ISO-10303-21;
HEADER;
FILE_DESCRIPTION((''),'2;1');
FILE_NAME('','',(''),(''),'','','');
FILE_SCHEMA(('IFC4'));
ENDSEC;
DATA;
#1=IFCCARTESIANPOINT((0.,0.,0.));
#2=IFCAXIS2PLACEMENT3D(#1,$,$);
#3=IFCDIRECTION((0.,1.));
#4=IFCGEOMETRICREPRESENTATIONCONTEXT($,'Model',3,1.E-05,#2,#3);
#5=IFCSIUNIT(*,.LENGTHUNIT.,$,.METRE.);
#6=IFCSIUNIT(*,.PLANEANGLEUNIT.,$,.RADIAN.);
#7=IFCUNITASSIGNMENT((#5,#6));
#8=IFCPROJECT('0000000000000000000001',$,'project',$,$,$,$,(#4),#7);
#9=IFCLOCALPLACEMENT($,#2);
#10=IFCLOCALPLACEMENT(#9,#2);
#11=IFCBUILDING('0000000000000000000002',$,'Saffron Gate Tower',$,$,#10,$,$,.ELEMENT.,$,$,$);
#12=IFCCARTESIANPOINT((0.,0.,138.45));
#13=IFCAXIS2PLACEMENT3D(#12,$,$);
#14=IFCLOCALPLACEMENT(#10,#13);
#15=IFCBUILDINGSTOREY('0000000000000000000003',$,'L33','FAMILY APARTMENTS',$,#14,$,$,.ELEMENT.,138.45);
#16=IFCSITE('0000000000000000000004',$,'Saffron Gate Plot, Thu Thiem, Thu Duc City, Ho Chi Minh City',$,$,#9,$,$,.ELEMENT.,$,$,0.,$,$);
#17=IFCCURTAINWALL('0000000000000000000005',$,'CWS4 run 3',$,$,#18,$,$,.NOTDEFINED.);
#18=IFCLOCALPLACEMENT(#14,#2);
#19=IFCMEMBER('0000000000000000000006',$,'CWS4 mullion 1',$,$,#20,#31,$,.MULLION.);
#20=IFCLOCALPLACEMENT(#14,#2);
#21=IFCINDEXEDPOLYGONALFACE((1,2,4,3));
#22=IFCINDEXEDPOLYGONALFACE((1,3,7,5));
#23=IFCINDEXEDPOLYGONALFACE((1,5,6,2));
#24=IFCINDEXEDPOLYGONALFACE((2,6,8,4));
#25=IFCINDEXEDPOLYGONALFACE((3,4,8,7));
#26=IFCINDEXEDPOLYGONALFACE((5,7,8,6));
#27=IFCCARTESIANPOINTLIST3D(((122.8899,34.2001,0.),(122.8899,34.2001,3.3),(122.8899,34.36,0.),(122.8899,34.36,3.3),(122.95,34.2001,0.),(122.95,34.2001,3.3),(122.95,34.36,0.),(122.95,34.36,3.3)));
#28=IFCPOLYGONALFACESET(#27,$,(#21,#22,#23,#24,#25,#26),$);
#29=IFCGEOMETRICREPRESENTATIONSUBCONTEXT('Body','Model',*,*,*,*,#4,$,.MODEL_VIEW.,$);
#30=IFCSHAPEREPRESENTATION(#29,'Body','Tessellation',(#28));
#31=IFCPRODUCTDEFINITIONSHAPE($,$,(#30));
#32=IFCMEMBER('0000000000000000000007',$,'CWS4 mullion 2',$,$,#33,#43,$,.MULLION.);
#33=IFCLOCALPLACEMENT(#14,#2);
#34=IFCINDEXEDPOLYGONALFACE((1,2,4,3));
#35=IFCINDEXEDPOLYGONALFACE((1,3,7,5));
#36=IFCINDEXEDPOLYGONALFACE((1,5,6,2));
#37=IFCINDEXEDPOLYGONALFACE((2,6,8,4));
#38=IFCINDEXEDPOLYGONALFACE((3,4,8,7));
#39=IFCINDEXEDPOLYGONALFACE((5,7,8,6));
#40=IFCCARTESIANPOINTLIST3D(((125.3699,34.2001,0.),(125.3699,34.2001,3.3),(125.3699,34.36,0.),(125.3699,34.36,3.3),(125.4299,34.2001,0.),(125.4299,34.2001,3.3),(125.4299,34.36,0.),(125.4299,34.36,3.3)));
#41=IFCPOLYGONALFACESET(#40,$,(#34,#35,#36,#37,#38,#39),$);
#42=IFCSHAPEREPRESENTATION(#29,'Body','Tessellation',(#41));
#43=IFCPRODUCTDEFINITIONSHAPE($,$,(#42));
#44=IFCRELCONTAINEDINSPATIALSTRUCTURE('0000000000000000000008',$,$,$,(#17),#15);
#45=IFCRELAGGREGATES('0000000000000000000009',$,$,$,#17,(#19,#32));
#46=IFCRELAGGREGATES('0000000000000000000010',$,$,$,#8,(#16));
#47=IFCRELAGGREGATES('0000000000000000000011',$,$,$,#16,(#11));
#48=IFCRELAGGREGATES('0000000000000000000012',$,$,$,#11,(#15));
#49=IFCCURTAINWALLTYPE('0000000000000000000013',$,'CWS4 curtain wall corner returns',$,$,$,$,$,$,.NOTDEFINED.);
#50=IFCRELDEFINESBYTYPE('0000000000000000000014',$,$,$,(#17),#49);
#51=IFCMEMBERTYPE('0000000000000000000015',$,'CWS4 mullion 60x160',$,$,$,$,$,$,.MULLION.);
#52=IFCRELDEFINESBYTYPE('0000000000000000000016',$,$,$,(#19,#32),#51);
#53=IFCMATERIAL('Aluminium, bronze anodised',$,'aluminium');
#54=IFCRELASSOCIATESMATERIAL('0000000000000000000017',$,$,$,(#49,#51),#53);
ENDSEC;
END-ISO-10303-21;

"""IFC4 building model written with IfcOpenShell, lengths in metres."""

from ifc_helpers import new_model, si_unit, direction, frame, origin, origin_2d, place, context, subcontext, project, spatial, rectangle, extrude, material, material_profile, profile_set, type_object, element, aggregate, save


model = new_model("IFC4")

# Units and contexts
model_context = context("Model", 3, precision=1e-05, world=origin(), true_north=direction((0.0, 1.0)))
body_context = subcontext(model_context, "Body", "Model", "MODEL_VIEW")
ifc_project = project(units=[si_unit("LENGTHUNIT", "METRE"), si_unit("PLANEANGLEUNIT", "RADIAN")], contexts=[model_context])

# Site, building, storey
site_placement = place(None, origin())
site = spatial("IfcSite", under=ifc_project, at=site_placement, Name="Saffron Gate Plot, Thu Thiem, Thu Duc City, Ho Chi Minh City", CompositionType="ELEMENT", RefElevation=0.0)
building_placement = place(site_placement, origin())
building = spatial("IfcBuilding", under=site, at=building_placement, Name="Saffron Gate Tower", CompositionType="ELEMENT")
storey_placement = place(building_placement, frame((0.0, 0.0, 138.45)))
storey = spatial("IfcBuildingStorey", under=building, at=storey_placement, Name="L33", Description="FAMILY APARTMENTS", CompositionType="ELEMENT", Elevation=138.45)

# Shared definitions
ifc_material_1 = material(Name="Aluminium, bronze anodised", Category="aluminium")

# Curtain wall
curtain_wall_type_1 = type_object("IfcCurtainWallType", Name="CWS4 curtain wall corner returns", PredefinedType="NOTDEFINED", material=ifc_material_1)
curtain_wall_1_placement = place(storey_placement, origin())
curtain_wall_1 = element("IfcCurtainWall", 1, at=curtain_wall_1_placement, inside=storey, type_object=curtain_wall_type_1, Name="CWS4 run 3", PredefinedType="NOTDEFINED")

# Members
ifc_material_profile_1 = material_profile(ifc_material_1, rectangle(XDim=0.1599, YDim=0.0601, at=origin_2d()))
ifc_profile_set_1 = profile_set([ifc_material_profile_1], Name="Aluminium, bronze anodised")
member_type_1 = type_object("IfcMemberType", Name="CWS4 mullion 60x160", PredefinedType="MULLION", material=ifc_profile_set_1)
member_1_placement = place(storey_placement, frame((122.9199, 34.28, 0.0), z_axis=(0.0, 0.0, 1.0), x_axis=(0.0, 1.0, 0.0)))
member_1 = element("IfcMember", 2, at=member_1_placement, type_object=member_type_1, Name="CWS4 mullion 1", PredefinedType="MULLION", context=body_context, shape_type="SweptSolid", body=[
    extrude(rectangle(XDim=0.1599, YDim=0.0601, at=origin_2d()), origin(), (0.0, 0.0, 1.0), 3.3),
])
member_2_placement = place(storey_placement, frame((125.3999, 34.28, 0.0), z_axis=(0.0, 0.0, 1.0), x_axis=(0.0, 1.0, 0.0)))
member_2 = element("IfcMember", 3, at=member_2_placement, type_object=member_type_1, Name="CWS4 mullion 2", PredefinedType="MULLION", context=body_context, shape_type="SweptSolid", body=[
    extrude(rectangle(XDim=0.1599, YDim=0.0601, at=origin_2d()), origin(), (0.0, 0.0, 1.0), 3.3),
])

aggregate(curtain_wall_1, [member_1, member_2])

save(model, "model.ifc")
